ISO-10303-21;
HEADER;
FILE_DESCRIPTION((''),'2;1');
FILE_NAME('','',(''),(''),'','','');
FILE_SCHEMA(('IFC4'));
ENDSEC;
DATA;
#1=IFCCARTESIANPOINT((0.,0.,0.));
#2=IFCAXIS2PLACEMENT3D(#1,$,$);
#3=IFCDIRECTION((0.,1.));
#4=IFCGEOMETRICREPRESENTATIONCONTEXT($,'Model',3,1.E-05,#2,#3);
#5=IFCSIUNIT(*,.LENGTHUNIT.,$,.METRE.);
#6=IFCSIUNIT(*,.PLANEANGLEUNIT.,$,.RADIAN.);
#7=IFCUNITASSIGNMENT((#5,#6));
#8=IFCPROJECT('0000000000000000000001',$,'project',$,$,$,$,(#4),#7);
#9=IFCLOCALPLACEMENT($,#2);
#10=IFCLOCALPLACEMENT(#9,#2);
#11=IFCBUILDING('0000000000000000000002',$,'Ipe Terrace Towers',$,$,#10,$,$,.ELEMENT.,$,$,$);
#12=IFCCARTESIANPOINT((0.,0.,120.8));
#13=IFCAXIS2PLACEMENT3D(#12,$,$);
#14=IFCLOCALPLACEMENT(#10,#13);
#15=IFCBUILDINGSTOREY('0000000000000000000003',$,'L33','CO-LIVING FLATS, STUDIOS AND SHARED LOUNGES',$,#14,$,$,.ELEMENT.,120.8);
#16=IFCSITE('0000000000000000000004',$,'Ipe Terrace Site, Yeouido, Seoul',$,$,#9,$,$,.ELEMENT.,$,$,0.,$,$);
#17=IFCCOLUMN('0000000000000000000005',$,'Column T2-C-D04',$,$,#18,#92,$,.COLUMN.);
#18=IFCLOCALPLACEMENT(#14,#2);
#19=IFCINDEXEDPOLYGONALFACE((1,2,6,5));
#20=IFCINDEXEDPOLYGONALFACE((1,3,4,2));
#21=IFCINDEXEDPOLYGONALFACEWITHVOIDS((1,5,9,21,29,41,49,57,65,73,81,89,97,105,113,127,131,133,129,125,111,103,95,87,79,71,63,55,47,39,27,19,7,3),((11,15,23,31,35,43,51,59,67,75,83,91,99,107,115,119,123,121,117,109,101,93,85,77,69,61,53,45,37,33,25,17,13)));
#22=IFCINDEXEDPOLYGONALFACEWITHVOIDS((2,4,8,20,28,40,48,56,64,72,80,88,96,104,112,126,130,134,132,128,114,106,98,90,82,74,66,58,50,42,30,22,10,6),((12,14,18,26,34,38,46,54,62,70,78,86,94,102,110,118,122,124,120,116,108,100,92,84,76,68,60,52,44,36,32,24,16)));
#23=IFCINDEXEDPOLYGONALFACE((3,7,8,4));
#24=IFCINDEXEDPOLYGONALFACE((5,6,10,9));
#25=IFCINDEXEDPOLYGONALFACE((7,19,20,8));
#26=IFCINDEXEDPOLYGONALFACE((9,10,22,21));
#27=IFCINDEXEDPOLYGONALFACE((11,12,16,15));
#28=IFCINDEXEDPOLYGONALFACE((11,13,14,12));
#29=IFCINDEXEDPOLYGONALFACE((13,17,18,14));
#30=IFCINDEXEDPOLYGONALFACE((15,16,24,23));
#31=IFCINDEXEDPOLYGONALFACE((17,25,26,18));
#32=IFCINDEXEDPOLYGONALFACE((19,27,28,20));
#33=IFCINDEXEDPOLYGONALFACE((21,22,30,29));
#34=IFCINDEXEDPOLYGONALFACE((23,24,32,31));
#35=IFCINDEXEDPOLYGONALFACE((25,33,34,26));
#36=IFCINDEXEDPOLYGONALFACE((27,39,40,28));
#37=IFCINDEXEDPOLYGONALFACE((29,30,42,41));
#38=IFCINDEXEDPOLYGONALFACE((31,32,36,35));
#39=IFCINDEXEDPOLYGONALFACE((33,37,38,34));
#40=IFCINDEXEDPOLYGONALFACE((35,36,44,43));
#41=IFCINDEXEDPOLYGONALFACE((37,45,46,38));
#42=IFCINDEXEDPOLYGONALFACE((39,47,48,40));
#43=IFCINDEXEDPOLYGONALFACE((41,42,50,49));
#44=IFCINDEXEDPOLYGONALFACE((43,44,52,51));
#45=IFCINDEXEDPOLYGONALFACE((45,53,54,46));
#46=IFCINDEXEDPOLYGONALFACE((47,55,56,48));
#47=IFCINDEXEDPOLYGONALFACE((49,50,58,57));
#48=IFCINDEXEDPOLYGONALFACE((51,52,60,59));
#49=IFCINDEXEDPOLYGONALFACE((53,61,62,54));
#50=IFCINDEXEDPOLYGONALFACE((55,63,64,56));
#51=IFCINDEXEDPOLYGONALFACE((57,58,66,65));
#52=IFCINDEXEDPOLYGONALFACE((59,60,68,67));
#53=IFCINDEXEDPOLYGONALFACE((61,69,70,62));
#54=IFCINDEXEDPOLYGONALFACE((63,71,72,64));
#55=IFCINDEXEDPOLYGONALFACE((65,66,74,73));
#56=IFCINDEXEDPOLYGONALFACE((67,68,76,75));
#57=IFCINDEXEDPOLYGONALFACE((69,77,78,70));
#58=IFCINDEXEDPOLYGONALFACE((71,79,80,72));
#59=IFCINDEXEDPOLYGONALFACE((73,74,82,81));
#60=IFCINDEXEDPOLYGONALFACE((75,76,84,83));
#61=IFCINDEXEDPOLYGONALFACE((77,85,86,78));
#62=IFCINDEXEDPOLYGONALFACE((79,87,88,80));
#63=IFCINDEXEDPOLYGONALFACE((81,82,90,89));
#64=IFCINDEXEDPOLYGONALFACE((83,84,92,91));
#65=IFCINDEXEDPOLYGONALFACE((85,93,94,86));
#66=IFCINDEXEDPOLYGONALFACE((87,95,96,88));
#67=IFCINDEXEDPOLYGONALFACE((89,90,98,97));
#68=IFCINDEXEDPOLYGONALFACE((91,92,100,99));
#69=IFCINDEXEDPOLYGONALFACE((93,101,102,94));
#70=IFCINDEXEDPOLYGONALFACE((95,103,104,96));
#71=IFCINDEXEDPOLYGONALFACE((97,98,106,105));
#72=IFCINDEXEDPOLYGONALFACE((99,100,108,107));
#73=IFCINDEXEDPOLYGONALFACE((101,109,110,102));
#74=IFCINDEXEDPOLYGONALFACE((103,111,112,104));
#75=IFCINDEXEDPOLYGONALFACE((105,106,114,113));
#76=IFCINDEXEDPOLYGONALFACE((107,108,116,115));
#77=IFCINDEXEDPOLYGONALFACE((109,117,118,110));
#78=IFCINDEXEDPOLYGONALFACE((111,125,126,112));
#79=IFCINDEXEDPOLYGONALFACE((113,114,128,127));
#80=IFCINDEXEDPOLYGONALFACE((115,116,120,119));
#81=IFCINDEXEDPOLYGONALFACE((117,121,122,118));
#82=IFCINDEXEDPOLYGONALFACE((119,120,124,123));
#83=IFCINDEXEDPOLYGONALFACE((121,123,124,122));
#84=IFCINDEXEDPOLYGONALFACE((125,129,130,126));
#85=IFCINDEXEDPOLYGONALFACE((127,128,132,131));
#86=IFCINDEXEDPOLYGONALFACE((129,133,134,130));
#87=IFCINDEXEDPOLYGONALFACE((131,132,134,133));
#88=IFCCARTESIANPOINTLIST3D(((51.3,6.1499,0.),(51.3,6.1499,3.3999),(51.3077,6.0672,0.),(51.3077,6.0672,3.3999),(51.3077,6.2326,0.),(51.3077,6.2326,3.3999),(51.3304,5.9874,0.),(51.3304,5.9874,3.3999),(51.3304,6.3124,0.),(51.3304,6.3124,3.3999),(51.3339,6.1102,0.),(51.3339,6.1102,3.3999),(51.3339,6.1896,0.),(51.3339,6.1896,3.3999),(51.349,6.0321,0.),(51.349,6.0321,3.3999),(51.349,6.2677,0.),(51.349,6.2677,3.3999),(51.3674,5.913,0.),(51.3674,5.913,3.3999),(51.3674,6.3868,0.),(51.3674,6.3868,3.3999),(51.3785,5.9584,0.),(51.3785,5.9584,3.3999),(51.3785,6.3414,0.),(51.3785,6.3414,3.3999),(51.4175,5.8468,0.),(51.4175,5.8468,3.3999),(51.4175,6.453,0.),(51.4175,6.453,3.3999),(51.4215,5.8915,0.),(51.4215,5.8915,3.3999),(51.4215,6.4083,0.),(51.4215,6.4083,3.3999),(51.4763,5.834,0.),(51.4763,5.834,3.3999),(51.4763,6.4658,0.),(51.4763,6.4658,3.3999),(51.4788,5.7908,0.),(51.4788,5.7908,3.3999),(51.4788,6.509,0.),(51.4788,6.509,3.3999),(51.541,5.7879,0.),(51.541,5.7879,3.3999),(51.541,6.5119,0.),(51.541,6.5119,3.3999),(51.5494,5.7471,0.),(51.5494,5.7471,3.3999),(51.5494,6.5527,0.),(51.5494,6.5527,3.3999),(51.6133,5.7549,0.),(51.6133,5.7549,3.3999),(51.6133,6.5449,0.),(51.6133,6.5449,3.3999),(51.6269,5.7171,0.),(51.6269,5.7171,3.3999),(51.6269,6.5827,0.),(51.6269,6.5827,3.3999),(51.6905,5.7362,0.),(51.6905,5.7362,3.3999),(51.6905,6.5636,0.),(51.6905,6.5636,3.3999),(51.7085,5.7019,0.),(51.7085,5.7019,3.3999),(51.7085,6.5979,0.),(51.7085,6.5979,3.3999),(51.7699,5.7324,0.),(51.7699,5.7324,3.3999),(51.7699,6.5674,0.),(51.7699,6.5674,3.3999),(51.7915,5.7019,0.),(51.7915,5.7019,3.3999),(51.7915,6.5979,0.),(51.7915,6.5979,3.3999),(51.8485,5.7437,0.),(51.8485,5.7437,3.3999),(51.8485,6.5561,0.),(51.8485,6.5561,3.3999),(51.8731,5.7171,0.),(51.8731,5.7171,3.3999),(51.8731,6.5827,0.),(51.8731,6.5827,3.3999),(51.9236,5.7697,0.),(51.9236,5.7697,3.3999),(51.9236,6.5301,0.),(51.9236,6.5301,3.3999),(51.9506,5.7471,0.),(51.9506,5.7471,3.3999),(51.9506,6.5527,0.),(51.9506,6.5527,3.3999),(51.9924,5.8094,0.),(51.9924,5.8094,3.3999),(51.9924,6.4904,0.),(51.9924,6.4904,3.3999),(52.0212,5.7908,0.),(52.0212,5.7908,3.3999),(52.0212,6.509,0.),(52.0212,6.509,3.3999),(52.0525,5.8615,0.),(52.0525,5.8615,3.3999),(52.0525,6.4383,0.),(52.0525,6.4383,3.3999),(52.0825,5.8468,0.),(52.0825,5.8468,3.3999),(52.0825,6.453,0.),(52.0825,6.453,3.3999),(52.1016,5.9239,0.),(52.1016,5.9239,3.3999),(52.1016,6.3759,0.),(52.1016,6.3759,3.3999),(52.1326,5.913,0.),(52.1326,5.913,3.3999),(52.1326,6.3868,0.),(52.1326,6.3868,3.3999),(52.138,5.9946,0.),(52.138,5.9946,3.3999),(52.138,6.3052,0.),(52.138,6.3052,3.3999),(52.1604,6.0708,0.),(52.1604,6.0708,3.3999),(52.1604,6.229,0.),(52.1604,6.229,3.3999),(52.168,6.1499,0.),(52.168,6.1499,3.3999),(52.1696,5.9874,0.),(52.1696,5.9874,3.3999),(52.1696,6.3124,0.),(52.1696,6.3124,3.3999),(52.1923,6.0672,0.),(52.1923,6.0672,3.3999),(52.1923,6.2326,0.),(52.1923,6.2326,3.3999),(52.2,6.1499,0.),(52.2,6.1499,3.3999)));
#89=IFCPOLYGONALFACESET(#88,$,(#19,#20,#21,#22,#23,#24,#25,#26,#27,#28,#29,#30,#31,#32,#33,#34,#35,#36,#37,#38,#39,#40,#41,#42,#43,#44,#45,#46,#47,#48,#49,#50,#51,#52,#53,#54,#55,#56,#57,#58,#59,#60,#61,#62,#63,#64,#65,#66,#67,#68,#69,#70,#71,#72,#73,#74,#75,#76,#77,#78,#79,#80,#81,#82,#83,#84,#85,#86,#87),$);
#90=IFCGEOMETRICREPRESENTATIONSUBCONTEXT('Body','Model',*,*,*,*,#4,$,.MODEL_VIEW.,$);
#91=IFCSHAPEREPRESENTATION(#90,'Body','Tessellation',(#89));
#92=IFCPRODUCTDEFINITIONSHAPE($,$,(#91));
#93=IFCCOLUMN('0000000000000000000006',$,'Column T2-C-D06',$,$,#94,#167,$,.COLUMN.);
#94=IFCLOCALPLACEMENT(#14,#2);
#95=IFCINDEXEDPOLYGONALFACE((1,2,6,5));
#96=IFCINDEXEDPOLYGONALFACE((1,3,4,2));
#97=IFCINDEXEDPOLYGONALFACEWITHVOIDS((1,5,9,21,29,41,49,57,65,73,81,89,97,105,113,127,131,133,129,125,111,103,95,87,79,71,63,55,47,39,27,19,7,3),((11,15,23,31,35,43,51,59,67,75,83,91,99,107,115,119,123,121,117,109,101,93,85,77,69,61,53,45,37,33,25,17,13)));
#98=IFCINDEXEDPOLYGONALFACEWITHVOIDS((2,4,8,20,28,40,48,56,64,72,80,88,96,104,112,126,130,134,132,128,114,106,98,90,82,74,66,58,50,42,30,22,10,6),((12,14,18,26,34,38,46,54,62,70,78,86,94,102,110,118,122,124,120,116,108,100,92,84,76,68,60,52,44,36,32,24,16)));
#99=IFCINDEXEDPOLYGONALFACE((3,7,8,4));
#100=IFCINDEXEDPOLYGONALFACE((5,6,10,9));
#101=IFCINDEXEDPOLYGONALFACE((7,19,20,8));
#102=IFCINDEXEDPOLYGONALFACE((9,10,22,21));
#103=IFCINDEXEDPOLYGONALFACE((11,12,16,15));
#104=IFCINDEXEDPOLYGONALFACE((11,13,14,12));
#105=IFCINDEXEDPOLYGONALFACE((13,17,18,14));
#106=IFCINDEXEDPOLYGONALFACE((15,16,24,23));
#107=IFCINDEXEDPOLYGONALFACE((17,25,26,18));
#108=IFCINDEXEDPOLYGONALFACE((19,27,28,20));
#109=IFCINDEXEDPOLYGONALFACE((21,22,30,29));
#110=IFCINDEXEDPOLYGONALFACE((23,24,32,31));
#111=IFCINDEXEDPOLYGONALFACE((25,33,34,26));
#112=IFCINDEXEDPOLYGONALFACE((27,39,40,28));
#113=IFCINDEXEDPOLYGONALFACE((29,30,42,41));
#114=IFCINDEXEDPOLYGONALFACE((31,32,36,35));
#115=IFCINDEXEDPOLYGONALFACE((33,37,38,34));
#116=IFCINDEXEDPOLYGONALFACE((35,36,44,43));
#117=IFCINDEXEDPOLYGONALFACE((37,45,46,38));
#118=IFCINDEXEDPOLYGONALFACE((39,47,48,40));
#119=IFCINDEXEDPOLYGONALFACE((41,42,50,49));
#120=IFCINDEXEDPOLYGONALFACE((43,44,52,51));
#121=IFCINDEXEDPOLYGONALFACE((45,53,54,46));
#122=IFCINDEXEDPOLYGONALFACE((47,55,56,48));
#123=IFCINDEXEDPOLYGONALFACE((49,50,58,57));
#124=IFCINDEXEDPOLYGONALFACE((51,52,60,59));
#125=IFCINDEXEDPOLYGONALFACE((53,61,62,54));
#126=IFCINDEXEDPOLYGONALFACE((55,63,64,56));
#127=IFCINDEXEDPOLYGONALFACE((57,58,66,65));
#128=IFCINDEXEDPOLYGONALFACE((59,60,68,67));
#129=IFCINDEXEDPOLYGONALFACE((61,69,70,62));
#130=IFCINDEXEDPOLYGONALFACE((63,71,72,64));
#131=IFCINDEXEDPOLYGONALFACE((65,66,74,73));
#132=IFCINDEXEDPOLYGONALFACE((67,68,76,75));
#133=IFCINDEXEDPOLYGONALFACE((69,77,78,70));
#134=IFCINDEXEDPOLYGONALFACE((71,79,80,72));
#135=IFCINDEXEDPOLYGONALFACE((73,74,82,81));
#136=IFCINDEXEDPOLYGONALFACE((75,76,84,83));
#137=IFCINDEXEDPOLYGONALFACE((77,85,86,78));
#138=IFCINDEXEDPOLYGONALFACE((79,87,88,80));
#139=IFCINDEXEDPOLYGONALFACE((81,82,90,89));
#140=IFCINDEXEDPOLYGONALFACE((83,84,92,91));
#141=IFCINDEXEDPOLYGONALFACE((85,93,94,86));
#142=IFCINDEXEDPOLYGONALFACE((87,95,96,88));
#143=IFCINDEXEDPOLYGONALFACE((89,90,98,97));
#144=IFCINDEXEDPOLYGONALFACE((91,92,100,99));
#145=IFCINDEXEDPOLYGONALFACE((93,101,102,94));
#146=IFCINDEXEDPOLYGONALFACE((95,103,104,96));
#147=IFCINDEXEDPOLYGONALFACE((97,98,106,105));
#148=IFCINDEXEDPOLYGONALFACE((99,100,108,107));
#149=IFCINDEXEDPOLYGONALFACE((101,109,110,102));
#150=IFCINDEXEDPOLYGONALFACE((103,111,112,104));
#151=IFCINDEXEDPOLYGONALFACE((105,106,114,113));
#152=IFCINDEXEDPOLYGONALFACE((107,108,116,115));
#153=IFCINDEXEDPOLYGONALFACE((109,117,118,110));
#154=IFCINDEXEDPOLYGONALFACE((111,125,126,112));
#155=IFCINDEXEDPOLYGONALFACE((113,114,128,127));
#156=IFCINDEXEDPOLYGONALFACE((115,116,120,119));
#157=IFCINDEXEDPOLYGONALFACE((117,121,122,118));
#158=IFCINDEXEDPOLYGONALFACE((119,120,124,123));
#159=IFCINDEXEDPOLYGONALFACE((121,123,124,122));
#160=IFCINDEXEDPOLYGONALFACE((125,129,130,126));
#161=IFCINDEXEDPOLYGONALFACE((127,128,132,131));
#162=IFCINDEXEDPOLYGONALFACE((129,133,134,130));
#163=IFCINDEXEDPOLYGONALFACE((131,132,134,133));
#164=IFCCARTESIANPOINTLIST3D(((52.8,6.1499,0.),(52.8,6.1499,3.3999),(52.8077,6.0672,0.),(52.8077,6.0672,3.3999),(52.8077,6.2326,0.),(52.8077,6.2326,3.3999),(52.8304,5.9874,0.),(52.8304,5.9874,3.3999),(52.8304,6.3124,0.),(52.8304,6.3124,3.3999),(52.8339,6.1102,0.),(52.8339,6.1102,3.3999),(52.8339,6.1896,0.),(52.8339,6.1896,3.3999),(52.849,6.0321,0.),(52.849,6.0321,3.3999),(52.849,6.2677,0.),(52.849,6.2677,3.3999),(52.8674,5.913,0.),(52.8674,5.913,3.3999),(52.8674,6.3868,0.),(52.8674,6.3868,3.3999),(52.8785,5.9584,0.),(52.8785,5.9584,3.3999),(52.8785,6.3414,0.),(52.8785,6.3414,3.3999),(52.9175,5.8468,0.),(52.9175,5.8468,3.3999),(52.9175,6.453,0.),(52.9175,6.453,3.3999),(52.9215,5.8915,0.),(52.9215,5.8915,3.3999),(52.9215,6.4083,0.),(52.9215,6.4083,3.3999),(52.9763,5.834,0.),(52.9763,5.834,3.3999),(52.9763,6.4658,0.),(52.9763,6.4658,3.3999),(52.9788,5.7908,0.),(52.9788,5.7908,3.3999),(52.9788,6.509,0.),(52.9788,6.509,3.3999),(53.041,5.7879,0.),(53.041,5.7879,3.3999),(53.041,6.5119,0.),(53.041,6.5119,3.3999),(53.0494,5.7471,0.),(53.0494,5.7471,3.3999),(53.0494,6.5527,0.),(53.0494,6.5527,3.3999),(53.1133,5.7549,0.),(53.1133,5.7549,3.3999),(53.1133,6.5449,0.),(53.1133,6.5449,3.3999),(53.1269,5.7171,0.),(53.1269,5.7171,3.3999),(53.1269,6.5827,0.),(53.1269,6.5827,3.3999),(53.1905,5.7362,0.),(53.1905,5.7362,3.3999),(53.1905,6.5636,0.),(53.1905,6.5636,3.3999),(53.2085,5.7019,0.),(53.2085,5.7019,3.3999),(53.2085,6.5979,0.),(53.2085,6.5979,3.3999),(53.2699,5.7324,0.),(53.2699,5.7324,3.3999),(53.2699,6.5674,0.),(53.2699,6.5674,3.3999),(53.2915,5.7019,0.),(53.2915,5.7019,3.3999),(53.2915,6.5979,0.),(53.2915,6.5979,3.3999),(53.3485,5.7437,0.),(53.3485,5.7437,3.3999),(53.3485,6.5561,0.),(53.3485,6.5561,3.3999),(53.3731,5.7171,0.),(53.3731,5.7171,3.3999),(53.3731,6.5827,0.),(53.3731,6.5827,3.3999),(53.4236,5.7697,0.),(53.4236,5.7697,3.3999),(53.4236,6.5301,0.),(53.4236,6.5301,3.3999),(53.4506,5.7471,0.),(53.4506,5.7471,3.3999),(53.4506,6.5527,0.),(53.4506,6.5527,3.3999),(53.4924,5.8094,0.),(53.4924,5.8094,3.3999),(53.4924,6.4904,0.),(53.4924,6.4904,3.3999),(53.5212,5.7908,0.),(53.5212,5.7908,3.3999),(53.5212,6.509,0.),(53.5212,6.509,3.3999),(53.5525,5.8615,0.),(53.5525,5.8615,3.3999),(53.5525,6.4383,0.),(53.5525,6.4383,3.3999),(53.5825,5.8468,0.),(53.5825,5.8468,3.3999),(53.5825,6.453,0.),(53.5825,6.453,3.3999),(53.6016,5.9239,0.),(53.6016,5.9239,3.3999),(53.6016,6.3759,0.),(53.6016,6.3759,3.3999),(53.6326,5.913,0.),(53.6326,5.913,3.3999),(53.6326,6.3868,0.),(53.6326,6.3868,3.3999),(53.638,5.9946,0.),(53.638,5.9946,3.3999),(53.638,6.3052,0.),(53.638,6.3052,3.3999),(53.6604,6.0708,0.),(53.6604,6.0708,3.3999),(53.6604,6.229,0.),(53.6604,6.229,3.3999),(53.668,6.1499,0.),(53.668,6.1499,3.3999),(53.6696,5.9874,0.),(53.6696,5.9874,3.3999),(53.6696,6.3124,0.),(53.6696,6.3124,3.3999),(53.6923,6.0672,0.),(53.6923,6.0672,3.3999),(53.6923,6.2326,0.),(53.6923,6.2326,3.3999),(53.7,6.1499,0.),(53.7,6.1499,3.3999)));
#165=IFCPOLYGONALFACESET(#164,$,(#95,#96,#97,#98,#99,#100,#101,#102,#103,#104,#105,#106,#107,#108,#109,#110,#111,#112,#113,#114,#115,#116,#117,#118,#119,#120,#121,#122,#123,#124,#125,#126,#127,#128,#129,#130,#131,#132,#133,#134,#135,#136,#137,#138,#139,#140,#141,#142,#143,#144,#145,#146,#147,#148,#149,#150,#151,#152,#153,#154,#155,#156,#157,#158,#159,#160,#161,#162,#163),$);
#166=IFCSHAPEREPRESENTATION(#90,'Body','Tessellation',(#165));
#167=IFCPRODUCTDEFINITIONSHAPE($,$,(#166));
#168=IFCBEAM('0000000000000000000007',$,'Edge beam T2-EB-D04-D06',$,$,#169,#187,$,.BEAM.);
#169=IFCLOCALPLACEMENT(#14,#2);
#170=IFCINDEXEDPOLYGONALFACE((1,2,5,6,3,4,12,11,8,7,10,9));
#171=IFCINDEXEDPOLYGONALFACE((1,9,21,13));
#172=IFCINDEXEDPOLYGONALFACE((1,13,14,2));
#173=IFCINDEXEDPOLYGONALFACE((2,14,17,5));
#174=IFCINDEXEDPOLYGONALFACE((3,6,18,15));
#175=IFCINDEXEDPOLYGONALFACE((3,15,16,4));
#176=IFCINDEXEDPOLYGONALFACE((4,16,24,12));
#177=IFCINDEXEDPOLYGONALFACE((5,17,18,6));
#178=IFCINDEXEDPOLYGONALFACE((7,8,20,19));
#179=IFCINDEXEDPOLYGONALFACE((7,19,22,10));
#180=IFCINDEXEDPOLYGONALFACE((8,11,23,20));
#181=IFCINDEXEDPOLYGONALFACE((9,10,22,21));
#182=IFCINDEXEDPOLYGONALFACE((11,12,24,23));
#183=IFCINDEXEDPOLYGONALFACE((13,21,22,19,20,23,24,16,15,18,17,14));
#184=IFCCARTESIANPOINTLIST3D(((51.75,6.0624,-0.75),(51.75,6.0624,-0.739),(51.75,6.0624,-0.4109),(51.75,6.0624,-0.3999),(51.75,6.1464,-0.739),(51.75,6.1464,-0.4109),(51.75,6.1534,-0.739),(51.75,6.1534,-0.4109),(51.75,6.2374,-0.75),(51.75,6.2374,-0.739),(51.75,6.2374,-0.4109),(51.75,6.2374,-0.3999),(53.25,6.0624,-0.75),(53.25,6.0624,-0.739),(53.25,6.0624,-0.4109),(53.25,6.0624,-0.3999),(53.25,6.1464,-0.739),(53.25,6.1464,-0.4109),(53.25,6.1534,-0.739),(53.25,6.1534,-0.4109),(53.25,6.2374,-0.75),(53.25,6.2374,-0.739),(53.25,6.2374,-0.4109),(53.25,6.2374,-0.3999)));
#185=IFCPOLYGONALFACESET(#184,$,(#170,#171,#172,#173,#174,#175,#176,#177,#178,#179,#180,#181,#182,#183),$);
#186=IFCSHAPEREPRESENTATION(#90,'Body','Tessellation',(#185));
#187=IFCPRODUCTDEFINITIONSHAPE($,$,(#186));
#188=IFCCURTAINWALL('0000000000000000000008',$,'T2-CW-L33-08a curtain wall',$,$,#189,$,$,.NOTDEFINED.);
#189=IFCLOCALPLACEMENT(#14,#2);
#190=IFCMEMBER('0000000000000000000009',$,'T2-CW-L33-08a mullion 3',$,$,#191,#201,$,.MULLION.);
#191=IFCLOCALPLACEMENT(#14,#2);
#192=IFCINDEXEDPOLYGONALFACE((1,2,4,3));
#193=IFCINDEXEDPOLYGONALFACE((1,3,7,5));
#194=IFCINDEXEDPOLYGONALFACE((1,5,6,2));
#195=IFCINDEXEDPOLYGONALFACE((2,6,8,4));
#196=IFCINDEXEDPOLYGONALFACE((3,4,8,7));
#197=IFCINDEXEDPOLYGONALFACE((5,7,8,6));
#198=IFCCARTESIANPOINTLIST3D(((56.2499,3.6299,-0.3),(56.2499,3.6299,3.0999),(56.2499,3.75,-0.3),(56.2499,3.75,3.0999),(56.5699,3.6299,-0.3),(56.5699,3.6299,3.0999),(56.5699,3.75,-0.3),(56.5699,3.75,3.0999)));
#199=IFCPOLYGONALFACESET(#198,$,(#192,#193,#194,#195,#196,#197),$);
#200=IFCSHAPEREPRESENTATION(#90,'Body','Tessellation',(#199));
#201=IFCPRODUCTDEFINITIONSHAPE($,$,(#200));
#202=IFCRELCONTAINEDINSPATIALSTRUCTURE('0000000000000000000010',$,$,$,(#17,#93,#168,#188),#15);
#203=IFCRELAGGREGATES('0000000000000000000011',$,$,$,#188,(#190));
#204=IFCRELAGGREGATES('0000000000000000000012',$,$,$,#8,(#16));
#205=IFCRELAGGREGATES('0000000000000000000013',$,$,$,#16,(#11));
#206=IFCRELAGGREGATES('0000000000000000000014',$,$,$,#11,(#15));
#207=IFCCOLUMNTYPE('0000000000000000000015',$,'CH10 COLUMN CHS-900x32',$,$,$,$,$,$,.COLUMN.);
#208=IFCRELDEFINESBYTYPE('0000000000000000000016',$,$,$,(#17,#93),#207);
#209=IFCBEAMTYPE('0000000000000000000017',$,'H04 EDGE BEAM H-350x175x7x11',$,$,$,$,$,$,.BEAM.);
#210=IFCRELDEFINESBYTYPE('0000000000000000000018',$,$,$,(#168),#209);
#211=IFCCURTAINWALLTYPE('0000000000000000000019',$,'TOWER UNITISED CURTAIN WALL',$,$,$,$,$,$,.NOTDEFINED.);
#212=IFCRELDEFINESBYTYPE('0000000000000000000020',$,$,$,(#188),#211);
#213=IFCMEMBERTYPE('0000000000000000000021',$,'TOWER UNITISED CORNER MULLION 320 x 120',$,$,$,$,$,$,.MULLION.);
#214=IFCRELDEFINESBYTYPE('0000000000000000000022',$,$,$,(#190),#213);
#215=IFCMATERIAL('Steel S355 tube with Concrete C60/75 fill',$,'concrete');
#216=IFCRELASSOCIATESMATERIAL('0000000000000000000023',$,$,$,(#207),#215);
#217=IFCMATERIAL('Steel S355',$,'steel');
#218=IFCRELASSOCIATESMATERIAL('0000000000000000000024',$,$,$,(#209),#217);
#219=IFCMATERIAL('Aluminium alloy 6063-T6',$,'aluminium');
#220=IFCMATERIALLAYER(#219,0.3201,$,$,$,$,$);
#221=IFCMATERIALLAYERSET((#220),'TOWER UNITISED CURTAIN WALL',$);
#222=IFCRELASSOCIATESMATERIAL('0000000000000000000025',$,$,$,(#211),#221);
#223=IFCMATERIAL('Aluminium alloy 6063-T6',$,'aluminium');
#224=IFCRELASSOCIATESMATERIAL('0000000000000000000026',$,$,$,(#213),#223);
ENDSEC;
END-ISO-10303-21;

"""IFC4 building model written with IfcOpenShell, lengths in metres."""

from ifc_helpers import new_model, si_unit, direction, frame, origin, origin_2d, place, context, subcontext, project, spatial, rectangle, hollow_circle, i_section, extrude, material, layer, layer_set, material_profile, profile_set, type_object, element, aggregate, save


model = new_model("IFC4")

# Units and contexts
model_context = context("Model", 3, precision=1e-05, world=origin(), true_north=direction((0.0, 1.0)))
body_context = subcontext(model_context, "Body", "Model", "MODEL_VIEW")
ifc_project = project(units=[si_unit("LENGTHUNIT", "METRE"), si_unit("PLANEANGLEUNIT", "RADIAN")], contexts=[model_context])

# Site, building, storey
site_placement = place(None, origin())
site = spatial("IfcSite", under=ifc_project, at=site_placement, Name="Ipe Terrace Site, Yeouido, Seoul", CompositionType="ELEMENT", RefElevation=0.0)
building_placement = place(site_placement, origin())
building = spatial("IfcBuilding", under=site, at=building_placement, Name="Ipe Terrace Towers", CompositionType="ELEMENT")
storey_placement = place(building_placement, frame((0.0, 0.0, 120.8)))
storey = spatial("IfcBuildingStorey", under=building, at=storey_placement, Name="L33", Description="CO-LIVING FLATS, STUDIOS AND SHARED LOUNGES", CompositionType="ELEMENT", Elevation=120.8)

# Columns
ifc_material_1 = material(Name="Steel S355 tube with Concrete C60/75 fill", Category="concrete")
ifc_material_profile_1 = material_profile(ifc_material_1, hollow_circle(Radius=0.45, WallThickness=0.032, at=origin_2d()), Name="CHS-900x32")
ifc_profile_set_1 = profile_set([ifc_material_profile_1], Name="Steel S355 tube with Concrete C60/75 fill")
column_type = type_object("IfcColumnType", Name="CH10 COLUMN CHS-900x32", PredefinedType="COLUMN", material=ifc_profile_set_1)
for number, where, z_axis, x_axis, name in (
    (1, (51.75, 6.1499, 0.0), (0.0, 0.0, 1.0), (1.0, 0.0, 0.0), "Column T2-C-D04"),
    (2, (53.25, 6.1499, 0.0), (0.0, 0.0, 1.0), (1.0, 0.0, 0.0), "Column T2-C-D06"),
):
    element("IfcColumn", number, at=place(storey_placement, frame(where, z_axis=z_axis, x_axis=x_axis)), inside=storey, type_object=column_type, Name=name, PredefinedType="COLUMN", context=body_context, shape_type="SweptSolid", body=[
        extrude(hollow_circle(Radius=0.45, WallThickness=0.032, at=origin_2d()), origin(), (0.0, 0.0, 1.0), 3.3999),
    ])

# Beam
ifc_material_2 = material(Name="Steel S355", Category="steel")
ifc_material_profile_2 = material_profile(ifc_material_2, i_section(OverallWidth=0.175, OverallDepth=0.3501, WebThickness=0.0071, FlangeThickness=0.011, at=origin_2d()), Name="H-350x175x7x11")
ifc_profile_set_2 = profile_set([ifc_material_profile_2], Name="Steel S355")
beam_type = type_object("IfcBeamType", Name="H04 EDGE BEAM H-350x175x7x11", PredefinedType="BEAM", material=ifc_profile_set_2)
beam_placement = place(storey_placement, frame((51.75, 6.1499, -0.575), z_axis=(1.0, 0.0, 0.0), x_axis=(0.0, 1.0, 0.0)))
element("IfcBeam", 3, at=beam_placement, inside=storey, type_object=beam_type, Name="Edge beam T2-EB-D04-D06", PredefinedType="BEAM", context=body_context, shape_type="SweptSolid", body=[
    extrude(i_section(OverallWidth=0.175, OverallDepth=0.3501, WebThickness=0.0071, FlangeThickness=0.011, at=origin_2d()), origin(), (0.0, 0.0, 1.0), 1.5),
])

# Curtain wall, member
ifc_material_3 = material(Name="Aluminium alloy 6063-T6", Category="aluminium")
ifc_layer_1 = layer(ifc_material_3, 0.3201)
ifc_layer_set_1 = layer_set([ifc_layer_1], Name="TOWER UNITISED CURTAIN WALL")
curtain_wall_type = type_object("IfcCurtainWallType", Name="TOWER UNITISED CURTAIN WALL", PredefinedType="NOTDEFINED", material=ifc_layer_set_1)
curtain_wall_1_placement = place(storey_placement, origin())
curtain_wall_1 = element("IfcCurtainWall", 4, at=curtain_wall_1_placement, inside=storey, type_object=curtain_wall_type, Name="T2-CW-L33-08a curtain wall", PredefinedType="NOTDEFINED")
ifc_material_4 = material(Name="Aluminium alloy 6063-T6", Category="aluminium")
ifc_material_profile_3 = material_profile(ifc_material_4, rectangle(XDim=0.3201, YDim=0.1201, at=origin_2d()), Name="TOWER UNITISED CORNER MULLION 320 x 120")
ifc_profile_set_3 = profile_set([ifc_material_profile_3], Name="Aluminium alloy 6063-T6")
member_type = type_object("IfcMemberType", Name="TOWER UNITISED CORNER MULLION 320 x 120", PredefinedType="MULLION", material=ifc_profile_set_3)
member_1_placement = place(storey_placement, frame((56.4099, 3.6899, -0.3), z_axis=(0.0, 0.0, 1.0), x_axis=(1.0, 0.0, 0.0)))
member_1 = element("IfcMember", 5, at=member_1_placement, type_object=member_type, Name="T2-CW-L33-08a mullion 3", PredefinedType="MULLION", context=body_context, shape_type="SweptSolid", body=[
    extrude(rectangle(XDim=0.3201, YDim=0.1201, at=origin_2d()), origin(), (0.0, 0.0, 1.0), 3.3999),
])

aggregate(curtain_wall_1, [member_1])

save(model, "model.ifc")
